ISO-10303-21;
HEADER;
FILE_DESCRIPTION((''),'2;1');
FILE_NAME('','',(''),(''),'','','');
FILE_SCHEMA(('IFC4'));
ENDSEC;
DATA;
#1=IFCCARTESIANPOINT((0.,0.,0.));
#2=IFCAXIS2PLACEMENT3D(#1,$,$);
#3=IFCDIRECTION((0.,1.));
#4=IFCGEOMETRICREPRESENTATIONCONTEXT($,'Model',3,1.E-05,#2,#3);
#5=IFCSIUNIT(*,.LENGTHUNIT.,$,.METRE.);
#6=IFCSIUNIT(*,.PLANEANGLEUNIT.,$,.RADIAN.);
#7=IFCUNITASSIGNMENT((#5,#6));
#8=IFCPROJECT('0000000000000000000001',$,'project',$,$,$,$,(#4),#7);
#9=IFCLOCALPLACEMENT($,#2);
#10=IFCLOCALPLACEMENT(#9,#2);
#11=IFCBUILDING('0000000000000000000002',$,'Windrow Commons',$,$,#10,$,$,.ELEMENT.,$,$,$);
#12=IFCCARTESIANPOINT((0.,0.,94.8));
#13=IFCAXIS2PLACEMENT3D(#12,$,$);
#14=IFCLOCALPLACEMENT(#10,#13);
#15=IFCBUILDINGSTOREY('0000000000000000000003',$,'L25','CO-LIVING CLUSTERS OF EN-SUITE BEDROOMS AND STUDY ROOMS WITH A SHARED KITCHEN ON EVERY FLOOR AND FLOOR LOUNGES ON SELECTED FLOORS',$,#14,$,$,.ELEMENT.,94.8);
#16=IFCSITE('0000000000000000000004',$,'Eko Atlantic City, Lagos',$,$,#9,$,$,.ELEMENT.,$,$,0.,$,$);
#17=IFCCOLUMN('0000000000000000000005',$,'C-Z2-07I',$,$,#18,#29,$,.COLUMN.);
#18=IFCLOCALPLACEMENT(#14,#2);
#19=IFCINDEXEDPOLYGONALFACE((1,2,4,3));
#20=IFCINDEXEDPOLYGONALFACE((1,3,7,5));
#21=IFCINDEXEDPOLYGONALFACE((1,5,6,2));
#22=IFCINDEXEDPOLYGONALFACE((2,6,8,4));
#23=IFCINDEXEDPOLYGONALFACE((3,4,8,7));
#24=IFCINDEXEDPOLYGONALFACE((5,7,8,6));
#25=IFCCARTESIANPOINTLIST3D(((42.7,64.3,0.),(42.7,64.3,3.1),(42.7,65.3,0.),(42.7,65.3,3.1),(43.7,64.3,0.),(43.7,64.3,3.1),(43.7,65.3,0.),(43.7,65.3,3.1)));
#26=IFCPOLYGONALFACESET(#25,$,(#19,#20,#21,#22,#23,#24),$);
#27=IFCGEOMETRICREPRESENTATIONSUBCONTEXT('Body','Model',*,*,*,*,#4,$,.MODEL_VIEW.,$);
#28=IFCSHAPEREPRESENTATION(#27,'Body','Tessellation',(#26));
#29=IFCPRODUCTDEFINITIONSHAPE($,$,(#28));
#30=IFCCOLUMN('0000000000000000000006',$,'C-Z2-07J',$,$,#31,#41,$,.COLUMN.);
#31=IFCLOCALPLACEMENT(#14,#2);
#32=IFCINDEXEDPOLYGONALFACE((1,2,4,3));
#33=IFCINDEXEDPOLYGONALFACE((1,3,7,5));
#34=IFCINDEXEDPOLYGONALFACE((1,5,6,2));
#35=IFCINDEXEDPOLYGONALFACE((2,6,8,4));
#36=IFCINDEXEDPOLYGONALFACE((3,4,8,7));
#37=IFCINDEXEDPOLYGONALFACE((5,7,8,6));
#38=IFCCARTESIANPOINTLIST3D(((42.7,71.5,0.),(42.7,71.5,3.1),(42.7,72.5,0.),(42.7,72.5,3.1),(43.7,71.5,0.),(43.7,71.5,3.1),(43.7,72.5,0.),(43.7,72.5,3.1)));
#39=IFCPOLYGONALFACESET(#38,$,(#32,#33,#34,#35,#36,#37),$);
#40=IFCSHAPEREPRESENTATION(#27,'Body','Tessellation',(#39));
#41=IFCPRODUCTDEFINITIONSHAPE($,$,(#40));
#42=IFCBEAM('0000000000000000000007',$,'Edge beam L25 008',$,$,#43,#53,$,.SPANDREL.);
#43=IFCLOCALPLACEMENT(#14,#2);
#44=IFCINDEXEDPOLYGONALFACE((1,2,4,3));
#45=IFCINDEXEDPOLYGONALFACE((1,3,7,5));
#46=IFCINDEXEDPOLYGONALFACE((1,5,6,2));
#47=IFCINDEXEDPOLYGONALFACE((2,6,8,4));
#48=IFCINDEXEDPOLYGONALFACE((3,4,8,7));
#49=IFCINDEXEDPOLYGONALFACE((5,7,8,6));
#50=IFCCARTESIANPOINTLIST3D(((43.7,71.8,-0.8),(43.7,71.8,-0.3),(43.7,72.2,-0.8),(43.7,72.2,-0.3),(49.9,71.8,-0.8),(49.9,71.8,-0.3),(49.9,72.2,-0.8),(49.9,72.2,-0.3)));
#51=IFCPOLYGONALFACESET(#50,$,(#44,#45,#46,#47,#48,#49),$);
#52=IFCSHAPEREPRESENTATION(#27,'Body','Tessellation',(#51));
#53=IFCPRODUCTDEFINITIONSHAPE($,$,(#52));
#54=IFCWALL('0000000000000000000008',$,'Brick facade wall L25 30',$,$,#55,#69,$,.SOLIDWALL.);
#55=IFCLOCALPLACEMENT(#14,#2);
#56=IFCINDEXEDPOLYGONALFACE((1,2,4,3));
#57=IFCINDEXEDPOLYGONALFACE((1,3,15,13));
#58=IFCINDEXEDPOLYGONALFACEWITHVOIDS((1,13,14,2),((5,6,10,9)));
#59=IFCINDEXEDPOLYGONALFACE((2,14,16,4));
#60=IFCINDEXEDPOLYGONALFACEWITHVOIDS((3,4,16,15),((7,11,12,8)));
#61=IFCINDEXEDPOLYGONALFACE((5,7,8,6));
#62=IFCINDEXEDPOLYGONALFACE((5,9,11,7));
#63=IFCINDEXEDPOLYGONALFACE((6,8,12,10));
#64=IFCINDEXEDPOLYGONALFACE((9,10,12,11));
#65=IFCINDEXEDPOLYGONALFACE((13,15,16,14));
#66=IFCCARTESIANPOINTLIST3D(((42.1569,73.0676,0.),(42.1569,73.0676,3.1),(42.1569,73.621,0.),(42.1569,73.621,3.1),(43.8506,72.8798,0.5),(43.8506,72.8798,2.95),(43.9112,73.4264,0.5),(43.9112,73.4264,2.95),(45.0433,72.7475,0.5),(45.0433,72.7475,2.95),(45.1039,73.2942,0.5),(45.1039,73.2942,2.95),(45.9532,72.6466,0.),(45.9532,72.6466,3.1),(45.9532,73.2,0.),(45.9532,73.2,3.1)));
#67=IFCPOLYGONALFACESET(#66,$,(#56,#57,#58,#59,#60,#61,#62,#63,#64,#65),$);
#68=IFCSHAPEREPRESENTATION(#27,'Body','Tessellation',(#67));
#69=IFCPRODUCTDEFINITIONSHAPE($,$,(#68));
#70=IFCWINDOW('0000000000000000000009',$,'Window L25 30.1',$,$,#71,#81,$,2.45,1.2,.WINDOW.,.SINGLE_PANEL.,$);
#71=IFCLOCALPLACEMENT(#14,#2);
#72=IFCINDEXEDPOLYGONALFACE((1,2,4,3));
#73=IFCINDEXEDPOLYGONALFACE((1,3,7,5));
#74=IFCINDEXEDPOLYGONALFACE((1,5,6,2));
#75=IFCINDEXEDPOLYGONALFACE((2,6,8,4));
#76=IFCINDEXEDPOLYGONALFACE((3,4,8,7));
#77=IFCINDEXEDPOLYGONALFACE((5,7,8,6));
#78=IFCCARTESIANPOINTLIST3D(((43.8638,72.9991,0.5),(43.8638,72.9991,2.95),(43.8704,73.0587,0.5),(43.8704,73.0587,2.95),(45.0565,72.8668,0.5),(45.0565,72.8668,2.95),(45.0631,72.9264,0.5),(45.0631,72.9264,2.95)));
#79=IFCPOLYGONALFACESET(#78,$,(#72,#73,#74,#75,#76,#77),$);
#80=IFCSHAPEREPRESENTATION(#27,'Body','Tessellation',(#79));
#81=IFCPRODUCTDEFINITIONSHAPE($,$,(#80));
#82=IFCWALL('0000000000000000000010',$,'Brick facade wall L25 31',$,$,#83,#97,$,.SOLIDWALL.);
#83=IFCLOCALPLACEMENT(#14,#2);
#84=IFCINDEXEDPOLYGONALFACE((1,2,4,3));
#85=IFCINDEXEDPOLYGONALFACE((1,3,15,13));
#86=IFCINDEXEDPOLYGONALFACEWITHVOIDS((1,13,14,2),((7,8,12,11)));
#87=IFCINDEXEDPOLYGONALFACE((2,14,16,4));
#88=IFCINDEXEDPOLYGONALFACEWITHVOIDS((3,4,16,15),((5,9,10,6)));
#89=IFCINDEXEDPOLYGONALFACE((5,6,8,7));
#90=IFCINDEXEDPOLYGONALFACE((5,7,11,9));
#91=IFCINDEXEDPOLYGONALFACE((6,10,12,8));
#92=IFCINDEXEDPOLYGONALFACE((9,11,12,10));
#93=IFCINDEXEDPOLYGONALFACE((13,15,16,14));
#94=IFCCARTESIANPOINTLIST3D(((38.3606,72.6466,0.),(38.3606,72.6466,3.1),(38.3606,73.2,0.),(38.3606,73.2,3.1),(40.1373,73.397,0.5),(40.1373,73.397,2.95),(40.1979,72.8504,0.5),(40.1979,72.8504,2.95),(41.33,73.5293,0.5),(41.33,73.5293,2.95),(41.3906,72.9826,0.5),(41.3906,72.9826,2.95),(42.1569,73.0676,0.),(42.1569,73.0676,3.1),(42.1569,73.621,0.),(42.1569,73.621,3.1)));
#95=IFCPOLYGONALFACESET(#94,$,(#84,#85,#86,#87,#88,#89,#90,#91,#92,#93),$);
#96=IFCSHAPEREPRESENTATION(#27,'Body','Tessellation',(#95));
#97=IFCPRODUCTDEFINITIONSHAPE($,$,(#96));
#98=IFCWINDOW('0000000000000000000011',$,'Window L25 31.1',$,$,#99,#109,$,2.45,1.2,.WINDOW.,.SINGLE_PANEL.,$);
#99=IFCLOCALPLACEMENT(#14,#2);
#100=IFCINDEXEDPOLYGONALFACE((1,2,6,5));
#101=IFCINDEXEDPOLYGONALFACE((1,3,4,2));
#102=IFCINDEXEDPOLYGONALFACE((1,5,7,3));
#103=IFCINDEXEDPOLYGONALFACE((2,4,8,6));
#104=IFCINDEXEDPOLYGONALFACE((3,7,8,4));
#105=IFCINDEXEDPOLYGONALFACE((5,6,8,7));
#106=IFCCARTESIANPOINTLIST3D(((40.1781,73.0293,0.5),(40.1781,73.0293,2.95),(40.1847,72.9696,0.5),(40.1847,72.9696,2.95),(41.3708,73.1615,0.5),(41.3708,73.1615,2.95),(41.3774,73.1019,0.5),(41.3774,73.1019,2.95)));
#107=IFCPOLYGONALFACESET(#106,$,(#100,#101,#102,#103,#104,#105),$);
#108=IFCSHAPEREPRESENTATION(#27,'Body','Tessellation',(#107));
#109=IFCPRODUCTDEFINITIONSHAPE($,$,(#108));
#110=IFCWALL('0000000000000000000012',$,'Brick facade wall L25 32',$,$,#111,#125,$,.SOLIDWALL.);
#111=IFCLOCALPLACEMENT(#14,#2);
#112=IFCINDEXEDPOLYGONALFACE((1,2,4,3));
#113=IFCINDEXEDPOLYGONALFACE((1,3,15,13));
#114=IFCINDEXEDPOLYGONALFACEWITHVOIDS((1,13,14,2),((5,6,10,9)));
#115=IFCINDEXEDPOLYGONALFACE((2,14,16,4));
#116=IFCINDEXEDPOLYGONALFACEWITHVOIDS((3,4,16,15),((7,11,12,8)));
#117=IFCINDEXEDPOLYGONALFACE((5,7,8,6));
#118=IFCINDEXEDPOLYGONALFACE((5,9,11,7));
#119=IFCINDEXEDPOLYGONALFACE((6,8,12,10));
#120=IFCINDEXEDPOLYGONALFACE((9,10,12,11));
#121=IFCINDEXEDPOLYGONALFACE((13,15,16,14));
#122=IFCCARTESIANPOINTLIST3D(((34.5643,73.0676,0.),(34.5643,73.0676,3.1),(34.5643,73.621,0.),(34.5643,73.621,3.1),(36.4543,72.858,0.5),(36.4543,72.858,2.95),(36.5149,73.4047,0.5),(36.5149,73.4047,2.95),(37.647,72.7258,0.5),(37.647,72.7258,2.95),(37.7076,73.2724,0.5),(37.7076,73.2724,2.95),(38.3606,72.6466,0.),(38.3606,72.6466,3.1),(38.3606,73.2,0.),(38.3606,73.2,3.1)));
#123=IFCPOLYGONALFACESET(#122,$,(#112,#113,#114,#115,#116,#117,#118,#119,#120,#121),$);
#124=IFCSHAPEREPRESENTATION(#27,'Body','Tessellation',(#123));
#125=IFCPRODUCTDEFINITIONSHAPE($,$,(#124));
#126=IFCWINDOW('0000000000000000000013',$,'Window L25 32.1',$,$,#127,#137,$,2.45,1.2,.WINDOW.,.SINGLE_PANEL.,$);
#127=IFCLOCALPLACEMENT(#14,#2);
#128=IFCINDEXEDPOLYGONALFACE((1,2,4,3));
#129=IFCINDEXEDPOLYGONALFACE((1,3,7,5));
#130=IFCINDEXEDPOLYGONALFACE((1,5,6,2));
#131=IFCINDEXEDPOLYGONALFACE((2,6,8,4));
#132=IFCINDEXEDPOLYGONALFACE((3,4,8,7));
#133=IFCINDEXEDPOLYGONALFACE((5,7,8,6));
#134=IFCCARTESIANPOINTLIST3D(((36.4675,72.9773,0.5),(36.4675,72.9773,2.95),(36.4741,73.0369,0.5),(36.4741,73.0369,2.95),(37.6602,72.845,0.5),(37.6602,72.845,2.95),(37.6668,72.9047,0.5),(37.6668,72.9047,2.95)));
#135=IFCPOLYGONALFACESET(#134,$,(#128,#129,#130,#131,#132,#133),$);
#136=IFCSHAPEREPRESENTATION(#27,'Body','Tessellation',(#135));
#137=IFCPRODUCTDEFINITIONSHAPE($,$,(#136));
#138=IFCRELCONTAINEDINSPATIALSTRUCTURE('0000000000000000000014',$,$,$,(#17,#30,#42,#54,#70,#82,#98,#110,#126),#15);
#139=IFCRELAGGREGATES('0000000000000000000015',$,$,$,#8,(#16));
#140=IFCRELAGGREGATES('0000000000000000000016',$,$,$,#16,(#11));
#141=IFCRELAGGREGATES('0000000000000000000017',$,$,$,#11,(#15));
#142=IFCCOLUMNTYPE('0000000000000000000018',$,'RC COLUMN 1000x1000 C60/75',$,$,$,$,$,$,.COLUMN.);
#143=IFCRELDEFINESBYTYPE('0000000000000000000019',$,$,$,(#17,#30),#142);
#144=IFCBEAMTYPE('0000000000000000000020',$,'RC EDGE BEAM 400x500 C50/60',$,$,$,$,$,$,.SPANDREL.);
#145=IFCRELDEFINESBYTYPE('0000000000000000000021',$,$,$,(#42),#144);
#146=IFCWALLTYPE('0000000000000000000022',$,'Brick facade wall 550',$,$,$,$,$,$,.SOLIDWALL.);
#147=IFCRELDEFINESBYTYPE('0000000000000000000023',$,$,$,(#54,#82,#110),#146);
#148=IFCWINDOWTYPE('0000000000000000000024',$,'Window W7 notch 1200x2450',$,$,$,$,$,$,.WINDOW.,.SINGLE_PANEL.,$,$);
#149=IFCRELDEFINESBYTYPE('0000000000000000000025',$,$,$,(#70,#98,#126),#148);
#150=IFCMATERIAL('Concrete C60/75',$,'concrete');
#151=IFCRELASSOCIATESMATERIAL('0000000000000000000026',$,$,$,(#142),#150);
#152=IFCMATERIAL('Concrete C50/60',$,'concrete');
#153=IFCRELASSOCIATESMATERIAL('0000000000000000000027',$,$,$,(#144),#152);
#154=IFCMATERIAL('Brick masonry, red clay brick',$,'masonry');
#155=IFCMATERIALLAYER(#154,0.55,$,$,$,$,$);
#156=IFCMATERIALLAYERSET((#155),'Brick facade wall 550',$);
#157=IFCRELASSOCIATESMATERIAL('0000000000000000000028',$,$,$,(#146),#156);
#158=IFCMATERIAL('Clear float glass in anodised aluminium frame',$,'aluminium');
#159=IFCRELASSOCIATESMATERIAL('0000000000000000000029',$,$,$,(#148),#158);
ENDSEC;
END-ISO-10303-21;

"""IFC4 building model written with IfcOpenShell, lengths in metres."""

from ifc_helpers import new_model, si_unit, direction, frame, frame_2d, origin, origin_2d, place, context, subcontext, project, spatial, polyline, rectangle, outline, extrude, material, layer, layer_set, material_profile, profile_set, type_object, element, fill, save


model = new_model("IFC4")

# Units and contexts
model_context = context("Model", 3, precision=1e-05, world=origin(), true_north=direction((0.0, 1.0)))
body_context = subcontext(model_context, "Body", "Model", "MODEL_VIEW")
ifc_project = project(units=[si_unit("LENGTHUNIT", "METRE"), si_unit("PLANEANGLEUNIT", "RADIAN")], contexts=[model_context])

# Site, building, storey
site_placement = place(None, origin())
site = spatial("IfcSite", under=ifc_project, at=site_placement, Name="Eko Atlantic City, Lagos", CompositionType="ELEMENT", RefElevation=0.0)
building_placement = place(site_placement, origin())
building = spatial("IfcBuilding", under=site, at=building_placement, Name="Windrow Commons", CompositionType="ELEMENT")
storey_placement = place(building_placement, frame((0.0, 0.0, 94.8)))
storey = spatial("IfcBuildingStorey", under=building, at=storey_placement, Name="L25", Description="CO-LIVING CLUSTERS OF EN-SUITE BEDROOMS AND STUDY ROOMS WITH A SHARED KITCHEN ON EVERY FLOOR AND FLOOR LOUNGES ON SELECTED FLOORS", CompositionType="ELEMENT", Elevation=94.8)

# Columns
ifc_material_1 = material(Name="Concrete C60/75", Category="concrete")
ifc_material_profile_1 = material_profile(ifc_material_1, rectangle(XDim=1.0, YDim=1.0, at=origin_2d()))
ifc_profile_set_1 = profile_set([ifc_material_profile_1], Name="Concrete C60/75")
column_type = type_object("IfcColumnType", Name="RC COLUMN 1000x1000 C60/75", PredefinedType="COLUMN", material=ifc_profile_set_1)
for number, where, z_axis, x_axis, name in (
    (1, (43.2, 64.8, 0.0), (0.0, 0.0, 1.0), (1.0, 0.0, 0.0), "C-Z2-07I"),
    (2, (43.2, 72.0, 0.0), (0.0, 0.0, 1.0), (1.0, 0.0, 0.0), "C-Z2-07J"),
):
    element("IfcColumn", number, at=place(storey_placement, frame(where, z_axis=z_axis, x_axis=x_axis)), inside=storey, type_object=column_type, Name=name, PredefinedType="COLUMN", context=body_context, shape_type="SweptSolid", body=[
        extrude(rectangle(XDim=1.0, YDim=1.0, at=origin_2d()), origin(), (0.0, 0.0, 1.0), 3.1),
    ])

# Beam
ifc_material_2 = material(Name="Concrete C50/60", Category="concrete")
ifc_material_profile_2 = material_profile(ifc_material_2, rectangle(XDim=0.4, YDim=0.5, at=origin_2d()))
ifc_profile_set_2 = profile_set([ifc_material_profile_2], Name="Concrete C50/60")
beam_type = type_object("IfcBeamType", Name="RC EDGE BEAM 400x500 C50/60", PredefinedType="SPANDREL", material=ifc_profile_set_2)
beam_placement = place(storey_placement, frame((43.7, 72.0, -0.55), z_axis=(1.0, 0.0, 0.0), x_axis=(0.0, 1.0, 0.0)))
element("IfcBeam", 3, at=beam_placement, inside=storey, type_object=beam_type, Name="Edge beam L25 008", PredefinedType="SPANDREL", context=body_context, shape_type="SweptSolid", body=[
    extrude(rectangle(XDim=0.4, YDim=0.5, at=origin_2d()), origin(), (0.0, 0.0, 1.0), 6.2),
])

# Walls, openings, windows
ifc_material_3 = material(Name="Brick masonry, red clay brick", Category="masonry")
ifc_layer_1 = layer(ifc_material_3, 0.55)
ifc_layer_set_1 = layer_set([ifc_layer_1], Name="Brick facade wall 550")
wall_type_1 = type_object("IfcWallType", Name="Brick facade wall 550", PredefinedType="SOLIDWALL", material=ifc_layer_set_1)
wall_1_placement = place(storey_placement, frame((45.9532, 72.9233, 0.0), z_axis=(0.0, 0.0, 1.0), x_axis=(-0.993907, 0.110222, 0.0)))
wall_1 = element("IfcWall", 4, at=wall_1_placement, inside=storey, type_object=wall_type_1, Name="Brick facade wall L25 30", PredefinedType="SOLIDWALL", context=body_context, shape_type="SweptSolid", body=[
    extrude(outline(polyline([(0.0305, -0.275), (3.8501, -0.275), (3.7891, 0.275), (-0.0305, 0.275), (0.0305, -0.275)])), origin(), (0.0, 0.0, 1.0), 3.1),
])
opening_1_placement = place(wall_1_placement, frame((0.885, 0.0, 0.5)))
opening_1 = element("IfcOpeningElement", 5, at=opening_1_placement, cuts=wall_1, PredefinedType="OPENING", context=body_context, shape_type="SweptSolid", body=[
    extrude(rectangle(XDim=1.2, YDim=2.45, at=frame_2d((0.6, 1.225))), frame((0.0, 0.285, 0.0), z_axis=(0.0, -1.0, 0.0), x_axis=(1.0, 0.0, 0.0)), (0.0, 0.0, 1.0), 0.57),
])
ifc_material_4 = material(Name="Clear float glass in anodised aluminium frame", Category="aluminium")
window_type = type_object("IfcWindowType", Name="Window W7 notch 1200x2450", PartitioningType="SINGLE_PANEL", PredefinedType="WINDOW", material=ifc_material_4)
window_1_placement = place(opening_1_placement, origin())
window_1 = element("IfcWindow", 6, at=window_1_placement, inside=storey, type_object=window_type, Name="Window L25 30.1", OverallHeight=2.45, OverallWidth=1.2, PartitioningType="SINGLE_PANEL", PredefinedType="WINDOW", context=body_context, shape_type="SweptSolid", body=[
    extrude(rectangle(XDim=1.2, YDim=2.45, at=frame_2d((0.6, 1.225))), frame((0.0, 0.155, 0.0), z_axis=(0.0, -1.0, 0.0), x_axis=(1.0, 0.0, 0.0)), (0.0, 0.0, 1.0), 0.06),
])
fill(opening_1, window_1)
wall_2_placement = place(storey_placement, frame((42.1569, 73.3443, 0.0), z_axis=(0.0, 0.0, 1.0), x_axis=(-0.993907, -0.110222, 0.0)))
wall_2 = element("IfcWall", 7, at=wall_2_placement, inside=storey, type_object=wall_type_1, Name="Brick facade wall L25 31", PredefinedType="SOLIDWALL", context=body_context, shape_type="SweptSolid", body=[
    extrude(outline(polyline([(-0.0305, -0.275), (3.7891, -0.275), (3.8501, 0.275), (0.0305, 0.275), (-0.0305, -0.275)])), origin(), (0.0, 0.0, 1.0), 3.1),
])
opening_2_placement = place(wall_2_placement, frame((0.8015, 0.0, 0.5)))
opening_2 = element("IfcOpeningElement", 8, at=opening_2_placement, cuts=wall_2, PredefinedType="OPENING", context=body_context, shape_type="SweptSolid", body=[
    extrude(rectangle(XDim=1.2, YDim=2.45, at=frame_2d((0.6, 1.225))), frame((0.0, 0.285, 0.0), z_axis=(0.0, -1.0, 0.0), x_axis=(1.0, 0.0, 0.0)), (0.0, 0.0, 1.0), 0.57),
])
window_2_placement = place(opening_2_placement, origin())
window_2 = element("IfcWindow", 9, at=window_2_placement, inside=storey, type_object=window_type, Name="Window L25 31.1", OverallHeight=2.45, OverallWidth=1.2, PartitioningType="SINGLE_PANEL", PredefinedType="WINDOW", context=body_context, shape_type="SweptSolid", body=[
    extrude(rectangle(XDim=1.2, YDim=2.45, at=frame_2d((0.6, 1.225))), frame((0.0, 0.155, 0.0), z_axis=(0.0, -1.0, 0.0), x_axis=(1.0, 0.0, 0.0)), (0.0, 0.0, 1.0), 0.06),
])
fill(opening_2, window_2)
wall_3_placement = place(storey_placement, frame((38.3606, 72.9233, 0.0), z_axis=(0.0, 0.0, 1.0), x_axis=(-0.993907, 0.110222, 0.0)))
wall_3 = element("IfcWall", 10, at=wall_3_placement, inside=storey, type_object=wall_type_1, Name="Brick facade wall L25 32", PredefinedType="SOLIDWALL", context=body_context, shape_type="SweptSolid", body=[
    extrude(outline(polyline([(0.0305, -0.275), (3.8501, -0.275), (3.7891, 0.275), (-0.0305, 0.275), (0.0305, -0.275)])), origin(), (0.0, 0.0, 1.0), 3.1),
])
opening_3_placement = place(wall_3_placement, frame((0.6875, 0.0, 0.5)))
opening_3 = element("IfcOpeningElement", 11, at=opening_3_placement, cuts=wall_3, PredefinedType="OPENING", context=body_context, shape_type="SweptSolid", body=[
    extrude(rectangle(XDim=1.2, YDim=2.45, at=frame_2d((0.6, 1.225))), frame((0.0, 0.285, 0.0), z_axis=(0.0, -1.0, 0.0), x_axis=(1.0, 0.0, 0.0)), (0.0, 0.0, 1.0), 0.57),
])
window_3_placement = place(opening_3_placement, origin())
window_3 = element("IfcWindow", 12, at=window_3_placement, inside=storey, type_object=window_type, Name="Window L25 32.1", OverallHeight=2.45, OverallWidth=1.2, PartitioningType="SINGLE_PANEL", PredefinedType="WINDOW", context=body_context, shape_type="SweptSolid", body=[
    extrude(rectangle(XDim=1.2, YDim=2.45, at=frame_2d((0.6, 1.225))), frame((0.0, 0.155, 0.0), z_axis=(0.0, -1.0, 0.0), x_axis=(1.0, 0.0, 0.0)), (0.0, 0.0, 1.0), 0.06),
])
fill(opening_3, window_3)

save(model, "model.ifc")
